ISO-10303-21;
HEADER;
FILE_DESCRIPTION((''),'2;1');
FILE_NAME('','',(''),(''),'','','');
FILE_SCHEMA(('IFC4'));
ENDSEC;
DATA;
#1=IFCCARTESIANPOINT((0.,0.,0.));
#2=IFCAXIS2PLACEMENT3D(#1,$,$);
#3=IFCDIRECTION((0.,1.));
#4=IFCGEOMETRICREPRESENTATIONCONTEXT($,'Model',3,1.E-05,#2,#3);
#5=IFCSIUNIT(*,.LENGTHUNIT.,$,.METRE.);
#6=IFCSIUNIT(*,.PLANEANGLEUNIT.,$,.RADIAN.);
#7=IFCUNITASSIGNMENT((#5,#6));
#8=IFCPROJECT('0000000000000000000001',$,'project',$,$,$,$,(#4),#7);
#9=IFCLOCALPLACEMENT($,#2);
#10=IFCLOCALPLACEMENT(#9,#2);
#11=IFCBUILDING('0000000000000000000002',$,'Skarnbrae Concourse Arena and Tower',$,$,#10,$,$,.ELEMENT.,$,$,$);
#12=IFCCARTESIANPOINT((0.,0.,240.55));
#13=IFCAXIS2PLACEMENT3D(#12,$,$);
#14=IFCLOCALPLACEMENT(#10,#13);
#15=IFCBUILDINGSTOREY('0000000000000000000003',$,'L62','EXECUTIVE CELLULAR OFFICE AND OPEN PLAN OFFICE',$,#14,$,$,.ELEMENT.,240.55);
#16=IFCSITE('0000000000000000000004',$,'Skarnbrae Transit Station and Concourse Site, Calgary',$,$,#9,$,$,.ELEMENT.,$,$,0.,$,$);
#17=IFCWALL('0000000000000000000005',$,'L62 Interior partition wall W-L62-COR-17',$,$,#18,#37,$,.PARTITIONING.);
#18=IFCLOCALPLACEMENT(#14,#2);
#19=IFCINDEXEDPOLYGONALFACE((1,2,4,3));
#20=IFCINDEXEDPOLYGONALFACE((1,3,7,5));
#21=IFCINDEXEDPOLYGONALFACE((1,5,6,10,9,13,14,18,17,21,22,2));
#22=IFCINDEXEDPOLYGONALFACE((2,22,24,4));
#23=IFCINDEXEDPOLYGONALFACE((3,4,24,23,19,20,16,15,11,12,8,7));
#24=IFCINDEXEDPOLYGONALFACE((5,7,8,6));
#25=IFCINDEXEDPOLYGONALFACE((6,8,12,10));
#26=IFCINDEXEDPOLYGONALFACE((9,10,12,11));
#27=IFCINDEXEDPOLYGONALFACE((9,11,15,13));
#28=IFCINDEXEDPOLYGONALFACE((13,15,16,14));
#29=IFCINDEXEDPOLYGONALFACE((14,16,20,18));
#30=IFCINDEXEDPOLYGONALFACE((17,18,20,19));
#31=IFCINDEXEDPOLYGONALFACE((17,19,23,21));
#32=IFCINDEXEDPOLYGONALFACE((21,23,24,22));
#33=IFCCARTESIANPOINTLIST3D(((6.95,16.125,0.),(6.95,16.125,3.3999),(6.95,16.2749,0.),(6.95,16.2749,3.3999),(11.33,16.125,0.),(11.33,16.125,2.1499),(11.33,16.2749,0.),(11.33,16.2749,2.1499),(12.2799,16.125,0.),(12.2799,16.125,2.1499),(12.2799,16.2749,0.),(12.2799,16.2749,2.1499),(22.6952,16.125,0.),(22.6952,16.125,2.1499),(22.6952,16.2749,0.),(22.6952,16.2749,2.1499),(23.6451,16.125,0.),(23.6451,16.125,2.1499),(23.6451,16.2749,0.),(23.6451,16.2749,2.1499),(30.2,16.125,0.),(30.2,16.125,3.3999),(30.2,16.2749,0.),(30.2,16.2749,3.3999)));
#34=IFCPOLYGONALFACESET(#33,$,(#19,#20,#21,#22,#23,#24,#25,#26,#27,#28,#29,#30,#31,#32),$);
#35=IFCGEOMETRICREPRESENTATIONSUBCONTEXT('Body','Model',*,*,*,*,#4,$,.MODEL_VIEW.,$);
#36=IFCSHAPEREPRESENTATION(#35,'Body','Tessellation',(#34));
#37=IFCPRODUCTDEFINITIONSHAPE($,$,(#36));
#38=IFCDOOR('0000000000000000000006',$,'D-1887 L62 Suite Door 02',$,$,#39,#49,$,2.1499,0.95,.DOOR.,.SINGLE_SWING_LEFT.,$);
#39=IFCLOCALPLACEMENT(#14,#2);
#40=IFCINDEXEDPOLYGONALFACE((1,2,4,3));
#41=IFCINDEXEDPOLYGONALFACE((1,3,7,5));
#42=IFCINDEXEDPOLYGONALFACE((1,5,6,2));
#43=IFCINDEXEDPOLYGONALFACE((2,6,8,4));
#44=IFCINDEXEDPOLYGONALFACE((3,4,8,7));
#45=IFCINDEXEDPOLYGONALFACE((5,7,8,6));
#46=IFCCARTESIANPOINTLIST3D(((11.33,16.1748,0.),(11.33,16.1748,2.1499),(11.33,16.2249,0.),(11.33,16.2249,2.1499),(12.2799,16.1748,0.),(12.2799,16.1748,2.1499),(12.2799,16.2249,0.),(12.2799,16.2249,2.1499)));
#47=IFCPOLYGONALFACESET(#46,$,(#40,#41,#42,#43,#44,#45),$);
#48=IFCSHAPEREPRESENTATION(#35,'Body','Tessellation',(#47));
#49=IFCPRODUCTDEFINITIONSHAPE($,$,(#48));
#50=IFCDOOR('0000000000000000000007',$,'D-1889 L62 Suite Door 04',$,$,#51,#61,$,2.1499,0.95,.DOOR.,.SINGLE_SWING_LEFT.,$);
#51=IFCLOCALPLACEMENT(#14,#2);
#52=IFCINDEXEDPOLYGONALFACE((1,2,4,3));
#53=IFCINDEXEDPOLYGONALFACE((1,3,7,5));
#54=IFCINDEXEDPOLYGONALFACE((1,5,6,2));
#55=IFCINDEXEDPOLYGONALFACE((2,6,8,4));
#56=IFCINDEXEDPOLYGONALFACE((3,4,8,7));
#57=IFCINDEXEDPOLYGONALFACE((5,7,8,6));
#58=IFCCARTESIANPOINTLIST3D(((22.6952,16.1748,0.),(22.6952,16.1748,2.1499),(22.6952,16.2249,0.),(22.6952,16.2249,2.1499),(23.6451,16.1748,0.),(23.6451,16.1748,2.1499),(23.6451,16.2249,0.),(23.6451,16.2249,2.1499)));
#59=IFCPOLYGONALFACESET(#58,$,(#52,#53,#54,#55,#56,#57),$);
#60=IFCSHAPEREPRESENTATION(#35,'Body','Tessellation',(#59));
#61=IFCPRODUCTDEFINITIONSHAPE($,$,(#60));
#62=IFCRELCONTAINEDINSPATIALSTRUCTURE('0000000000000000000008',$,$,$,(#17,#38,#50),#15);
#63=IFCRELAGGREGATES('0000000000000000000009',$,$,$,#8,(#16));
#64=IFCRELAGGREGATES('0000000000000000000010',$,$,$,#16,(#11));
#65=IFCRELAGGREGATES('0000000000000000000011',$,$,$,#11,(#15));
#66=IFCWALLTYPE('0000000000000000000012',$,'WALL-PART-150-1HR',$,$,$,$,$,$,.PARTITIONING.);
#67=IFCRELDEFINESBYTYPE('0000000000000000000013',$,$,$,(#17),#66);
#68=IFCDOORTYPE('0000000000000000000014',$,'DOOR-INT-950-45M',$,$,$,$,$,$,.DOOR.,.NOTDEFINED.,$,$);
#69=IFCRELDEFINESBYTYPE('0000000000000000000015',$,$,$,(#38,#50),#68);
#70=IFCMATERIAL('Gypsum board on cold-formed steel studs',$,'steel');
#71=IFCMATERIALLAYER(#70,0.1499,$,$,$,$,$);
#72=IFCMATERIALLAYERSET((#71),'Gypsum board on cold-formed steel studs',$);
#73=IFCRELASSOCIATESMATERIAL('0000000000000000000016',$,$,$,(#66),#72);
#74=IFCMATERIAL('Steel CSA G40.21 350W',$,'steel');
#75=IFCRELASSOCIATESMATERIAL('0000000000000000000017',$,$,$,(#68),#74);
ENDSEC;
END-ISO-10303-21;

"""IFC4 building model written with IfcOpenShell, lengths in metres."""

from ifc_helpers import new_model, si_unit, direction, frame, frame_2d, origin, place, context, subcontext, project, spatial, rectangle, extrude, source, transform, mapped, material, layer, layer_set, type_object, element, fill, save


model = new_model("IFC4")

# Units and contexts
model_context = context("Model", 3, precision=1e-05, world=origin(), true_north=direction((0.0, 1.0)))
body_context = subcontext(model_context, "Body", "Model", "MODEL_VIEW")
ifc_project = project(units=[si_unit("LENGTHUNIT", "METRE"), si_unit("PLANEANGLEUNIT", "RADIAN")], contexts=[model_context])

# Site, building, storey
site_placement = place(None, origin())
site = spatial("IfcSite", under=ifc_project, at=site_placement, Name="Skarnbrae Transit Station and Concourse Site, Calgary", CompositionType="ELEMENT", RefElevation=0.0)
building_placement = place(site_placement, origin())
building = spatial("IfcBuilding", under=site, at=building_placement, Name="Skarnbrae Concourse Arena and Tower", CompositionType="ELEMENT")
storey_placement = place(building_placement, frame((0.0, 0.0, 240.55)))
storey = spatial("IfcBuildingStorey", under=building, at=storey_placement, Name="L62", Description="EXECUTIVE CELLULAR OFFICE AND OPEN PLAN OFFICE", CompositionType="ELEMENT", Elevation=240.55)

# Shared definitions
ifc_material_1 = material(Name="Steel CSA G40.21 350W", Category="steel")

# Shared definitions
ifc_material_2 = material(Name="Gypsum board on cold-formed steel studs", Category="steel")
ifc_layer_1 = layer(ifc_material_2, 0.1499)
ifc_layer_set_1 = layer_set([ifc_layer_1], Name="Gypsum board on cold-formed steel studs")
wall_type_1 = type_object("IfcWallType", Name="WALL-PART-150-1HR", PredefinedType="PARTITIONING", material=ifc_layer_set_1)

# Wall, openings, doors
shared_shape_1 = source(origin(), body_context, "Body", "SweptSolid", [
    extrude(rectangle(XDim=23.25, YDim=0.1499, at=frame_2d((11.625, 0.0))), origin(), (0.0, 0.0, 1.0), 3.3999),
])
wall_1_placement = place(storey_placement, frame((6.95, 16.2, 0.0), z_axis=(0.0, 0.0, 1.0), x_axis=(1.0, 0.0, 0.0)))
wall_1 = element("IfcWall", 1, at=wall_1_placement, inside=storey, type_object=wall_type_1, Name="L62 Interior partition wall W-L62-COR-17", PredefinedType="PARTITIONING", context=body_context, shape_type="MappedRepresentation", body=[
    mapped(shared_shape_1, transform((0.0, 0.0, 0.0))),
])
opening_1_placement = place(wall_1_placement, frame((4.3799, 0.0, 0.0)))
opening_1 = element("IfcOpeningElement", 2, at=opening_1_placement, cuts=wall_1, PredefinedType="OPENING", context=body_context, shape_type="SweptSolid", body=[
    extrude(rectangle(XDim=0.95, YDim=2.1499, at=frame_2d((0.4751, 1.075))), frame((0.0, 0.085, 0.0), z_axis=(0.0, -1.0, 0.0), x_axis=(1.0, 0.0, 0.0)), (0.0, 0.0, 1.0), 0.1699),
])
opening_2_placement = place(wall_1_placement, frame((15.7451, 0.0, 0.0)))
opening_2 = element("IfcOpeningElement", 3, at=opening_2_placement, cuts=wall_1, PredefinedType="OPENING", context=body_context, shape_type="SweptSolid", body=[
    extrude(rectangle(XDim=0.95, YDim=2.1499, at=frame_2d((0.4751, 1.075))), frame((0.0, 0.085, 0.0), z_axis=(0.0, -1.0, 0.0), x_axis=(1.0, 0.0, 0.0)), (0.0, 0.0, 1.0), 0.1699),
])
door_type_1 = type_object("IfcDoorType", Name="DOOR-INT-950-45M", OperationType="NOTDEFINED", PredefinedType="DOOR", material=ifc_material_1)
shared_shape_2 = source(origin(), body_context, "Body", "SweptSolid", [
    extrude(rectangle(XDim=0.95, YDim=2.1499, at=frame_2d((0.4751, 1.075))), frame((0.0, 0.0249, 0.0), z_axis=(0.0, -1.0, 0.0), x_axis=(1.0, 0.0, 0.0)), (0.0, 0.0, 1.0), 0.05),
])
door_1_placement = place(opening_1_placement, origin())
door_1 = element("IfcDoor", 4, at=door_1_placement, inside=storey, type_object=door_type_1, Name="D-1887 L62 Suite Door 02", OperationType="SINGLE_SWING_LEFT", OverallHeight=2.1499, OverallWidth=0.95, PredefinedType="DOOR", context=body_context, shape_type="MappedRepresentation", body=[
    mapped(shared_shape_2, transform((0.0, 0.0, 0.0))),
])
fill(opening_1, door_1)
door_2_placement = place(opening_2_placement, origin())
door_2 = element("IfcDoor", 5, at=door_2_placement, inside=storey, type_object=door_type_1, Name="D-1889 L62 Suite Door 04", OperationType="SINGLE_SWING_LEFT", OverallHeight=2.1499, OverallWidth=0.95, PredefinedType="DOOR", context=body_context, shape_type="MappedRepresentation", body=[
    mapped(shared_shape_2, transform((0.0, 0.0, 0.0))),
])
fill(opening_2, door_2)

save(model, "model.ifc")
